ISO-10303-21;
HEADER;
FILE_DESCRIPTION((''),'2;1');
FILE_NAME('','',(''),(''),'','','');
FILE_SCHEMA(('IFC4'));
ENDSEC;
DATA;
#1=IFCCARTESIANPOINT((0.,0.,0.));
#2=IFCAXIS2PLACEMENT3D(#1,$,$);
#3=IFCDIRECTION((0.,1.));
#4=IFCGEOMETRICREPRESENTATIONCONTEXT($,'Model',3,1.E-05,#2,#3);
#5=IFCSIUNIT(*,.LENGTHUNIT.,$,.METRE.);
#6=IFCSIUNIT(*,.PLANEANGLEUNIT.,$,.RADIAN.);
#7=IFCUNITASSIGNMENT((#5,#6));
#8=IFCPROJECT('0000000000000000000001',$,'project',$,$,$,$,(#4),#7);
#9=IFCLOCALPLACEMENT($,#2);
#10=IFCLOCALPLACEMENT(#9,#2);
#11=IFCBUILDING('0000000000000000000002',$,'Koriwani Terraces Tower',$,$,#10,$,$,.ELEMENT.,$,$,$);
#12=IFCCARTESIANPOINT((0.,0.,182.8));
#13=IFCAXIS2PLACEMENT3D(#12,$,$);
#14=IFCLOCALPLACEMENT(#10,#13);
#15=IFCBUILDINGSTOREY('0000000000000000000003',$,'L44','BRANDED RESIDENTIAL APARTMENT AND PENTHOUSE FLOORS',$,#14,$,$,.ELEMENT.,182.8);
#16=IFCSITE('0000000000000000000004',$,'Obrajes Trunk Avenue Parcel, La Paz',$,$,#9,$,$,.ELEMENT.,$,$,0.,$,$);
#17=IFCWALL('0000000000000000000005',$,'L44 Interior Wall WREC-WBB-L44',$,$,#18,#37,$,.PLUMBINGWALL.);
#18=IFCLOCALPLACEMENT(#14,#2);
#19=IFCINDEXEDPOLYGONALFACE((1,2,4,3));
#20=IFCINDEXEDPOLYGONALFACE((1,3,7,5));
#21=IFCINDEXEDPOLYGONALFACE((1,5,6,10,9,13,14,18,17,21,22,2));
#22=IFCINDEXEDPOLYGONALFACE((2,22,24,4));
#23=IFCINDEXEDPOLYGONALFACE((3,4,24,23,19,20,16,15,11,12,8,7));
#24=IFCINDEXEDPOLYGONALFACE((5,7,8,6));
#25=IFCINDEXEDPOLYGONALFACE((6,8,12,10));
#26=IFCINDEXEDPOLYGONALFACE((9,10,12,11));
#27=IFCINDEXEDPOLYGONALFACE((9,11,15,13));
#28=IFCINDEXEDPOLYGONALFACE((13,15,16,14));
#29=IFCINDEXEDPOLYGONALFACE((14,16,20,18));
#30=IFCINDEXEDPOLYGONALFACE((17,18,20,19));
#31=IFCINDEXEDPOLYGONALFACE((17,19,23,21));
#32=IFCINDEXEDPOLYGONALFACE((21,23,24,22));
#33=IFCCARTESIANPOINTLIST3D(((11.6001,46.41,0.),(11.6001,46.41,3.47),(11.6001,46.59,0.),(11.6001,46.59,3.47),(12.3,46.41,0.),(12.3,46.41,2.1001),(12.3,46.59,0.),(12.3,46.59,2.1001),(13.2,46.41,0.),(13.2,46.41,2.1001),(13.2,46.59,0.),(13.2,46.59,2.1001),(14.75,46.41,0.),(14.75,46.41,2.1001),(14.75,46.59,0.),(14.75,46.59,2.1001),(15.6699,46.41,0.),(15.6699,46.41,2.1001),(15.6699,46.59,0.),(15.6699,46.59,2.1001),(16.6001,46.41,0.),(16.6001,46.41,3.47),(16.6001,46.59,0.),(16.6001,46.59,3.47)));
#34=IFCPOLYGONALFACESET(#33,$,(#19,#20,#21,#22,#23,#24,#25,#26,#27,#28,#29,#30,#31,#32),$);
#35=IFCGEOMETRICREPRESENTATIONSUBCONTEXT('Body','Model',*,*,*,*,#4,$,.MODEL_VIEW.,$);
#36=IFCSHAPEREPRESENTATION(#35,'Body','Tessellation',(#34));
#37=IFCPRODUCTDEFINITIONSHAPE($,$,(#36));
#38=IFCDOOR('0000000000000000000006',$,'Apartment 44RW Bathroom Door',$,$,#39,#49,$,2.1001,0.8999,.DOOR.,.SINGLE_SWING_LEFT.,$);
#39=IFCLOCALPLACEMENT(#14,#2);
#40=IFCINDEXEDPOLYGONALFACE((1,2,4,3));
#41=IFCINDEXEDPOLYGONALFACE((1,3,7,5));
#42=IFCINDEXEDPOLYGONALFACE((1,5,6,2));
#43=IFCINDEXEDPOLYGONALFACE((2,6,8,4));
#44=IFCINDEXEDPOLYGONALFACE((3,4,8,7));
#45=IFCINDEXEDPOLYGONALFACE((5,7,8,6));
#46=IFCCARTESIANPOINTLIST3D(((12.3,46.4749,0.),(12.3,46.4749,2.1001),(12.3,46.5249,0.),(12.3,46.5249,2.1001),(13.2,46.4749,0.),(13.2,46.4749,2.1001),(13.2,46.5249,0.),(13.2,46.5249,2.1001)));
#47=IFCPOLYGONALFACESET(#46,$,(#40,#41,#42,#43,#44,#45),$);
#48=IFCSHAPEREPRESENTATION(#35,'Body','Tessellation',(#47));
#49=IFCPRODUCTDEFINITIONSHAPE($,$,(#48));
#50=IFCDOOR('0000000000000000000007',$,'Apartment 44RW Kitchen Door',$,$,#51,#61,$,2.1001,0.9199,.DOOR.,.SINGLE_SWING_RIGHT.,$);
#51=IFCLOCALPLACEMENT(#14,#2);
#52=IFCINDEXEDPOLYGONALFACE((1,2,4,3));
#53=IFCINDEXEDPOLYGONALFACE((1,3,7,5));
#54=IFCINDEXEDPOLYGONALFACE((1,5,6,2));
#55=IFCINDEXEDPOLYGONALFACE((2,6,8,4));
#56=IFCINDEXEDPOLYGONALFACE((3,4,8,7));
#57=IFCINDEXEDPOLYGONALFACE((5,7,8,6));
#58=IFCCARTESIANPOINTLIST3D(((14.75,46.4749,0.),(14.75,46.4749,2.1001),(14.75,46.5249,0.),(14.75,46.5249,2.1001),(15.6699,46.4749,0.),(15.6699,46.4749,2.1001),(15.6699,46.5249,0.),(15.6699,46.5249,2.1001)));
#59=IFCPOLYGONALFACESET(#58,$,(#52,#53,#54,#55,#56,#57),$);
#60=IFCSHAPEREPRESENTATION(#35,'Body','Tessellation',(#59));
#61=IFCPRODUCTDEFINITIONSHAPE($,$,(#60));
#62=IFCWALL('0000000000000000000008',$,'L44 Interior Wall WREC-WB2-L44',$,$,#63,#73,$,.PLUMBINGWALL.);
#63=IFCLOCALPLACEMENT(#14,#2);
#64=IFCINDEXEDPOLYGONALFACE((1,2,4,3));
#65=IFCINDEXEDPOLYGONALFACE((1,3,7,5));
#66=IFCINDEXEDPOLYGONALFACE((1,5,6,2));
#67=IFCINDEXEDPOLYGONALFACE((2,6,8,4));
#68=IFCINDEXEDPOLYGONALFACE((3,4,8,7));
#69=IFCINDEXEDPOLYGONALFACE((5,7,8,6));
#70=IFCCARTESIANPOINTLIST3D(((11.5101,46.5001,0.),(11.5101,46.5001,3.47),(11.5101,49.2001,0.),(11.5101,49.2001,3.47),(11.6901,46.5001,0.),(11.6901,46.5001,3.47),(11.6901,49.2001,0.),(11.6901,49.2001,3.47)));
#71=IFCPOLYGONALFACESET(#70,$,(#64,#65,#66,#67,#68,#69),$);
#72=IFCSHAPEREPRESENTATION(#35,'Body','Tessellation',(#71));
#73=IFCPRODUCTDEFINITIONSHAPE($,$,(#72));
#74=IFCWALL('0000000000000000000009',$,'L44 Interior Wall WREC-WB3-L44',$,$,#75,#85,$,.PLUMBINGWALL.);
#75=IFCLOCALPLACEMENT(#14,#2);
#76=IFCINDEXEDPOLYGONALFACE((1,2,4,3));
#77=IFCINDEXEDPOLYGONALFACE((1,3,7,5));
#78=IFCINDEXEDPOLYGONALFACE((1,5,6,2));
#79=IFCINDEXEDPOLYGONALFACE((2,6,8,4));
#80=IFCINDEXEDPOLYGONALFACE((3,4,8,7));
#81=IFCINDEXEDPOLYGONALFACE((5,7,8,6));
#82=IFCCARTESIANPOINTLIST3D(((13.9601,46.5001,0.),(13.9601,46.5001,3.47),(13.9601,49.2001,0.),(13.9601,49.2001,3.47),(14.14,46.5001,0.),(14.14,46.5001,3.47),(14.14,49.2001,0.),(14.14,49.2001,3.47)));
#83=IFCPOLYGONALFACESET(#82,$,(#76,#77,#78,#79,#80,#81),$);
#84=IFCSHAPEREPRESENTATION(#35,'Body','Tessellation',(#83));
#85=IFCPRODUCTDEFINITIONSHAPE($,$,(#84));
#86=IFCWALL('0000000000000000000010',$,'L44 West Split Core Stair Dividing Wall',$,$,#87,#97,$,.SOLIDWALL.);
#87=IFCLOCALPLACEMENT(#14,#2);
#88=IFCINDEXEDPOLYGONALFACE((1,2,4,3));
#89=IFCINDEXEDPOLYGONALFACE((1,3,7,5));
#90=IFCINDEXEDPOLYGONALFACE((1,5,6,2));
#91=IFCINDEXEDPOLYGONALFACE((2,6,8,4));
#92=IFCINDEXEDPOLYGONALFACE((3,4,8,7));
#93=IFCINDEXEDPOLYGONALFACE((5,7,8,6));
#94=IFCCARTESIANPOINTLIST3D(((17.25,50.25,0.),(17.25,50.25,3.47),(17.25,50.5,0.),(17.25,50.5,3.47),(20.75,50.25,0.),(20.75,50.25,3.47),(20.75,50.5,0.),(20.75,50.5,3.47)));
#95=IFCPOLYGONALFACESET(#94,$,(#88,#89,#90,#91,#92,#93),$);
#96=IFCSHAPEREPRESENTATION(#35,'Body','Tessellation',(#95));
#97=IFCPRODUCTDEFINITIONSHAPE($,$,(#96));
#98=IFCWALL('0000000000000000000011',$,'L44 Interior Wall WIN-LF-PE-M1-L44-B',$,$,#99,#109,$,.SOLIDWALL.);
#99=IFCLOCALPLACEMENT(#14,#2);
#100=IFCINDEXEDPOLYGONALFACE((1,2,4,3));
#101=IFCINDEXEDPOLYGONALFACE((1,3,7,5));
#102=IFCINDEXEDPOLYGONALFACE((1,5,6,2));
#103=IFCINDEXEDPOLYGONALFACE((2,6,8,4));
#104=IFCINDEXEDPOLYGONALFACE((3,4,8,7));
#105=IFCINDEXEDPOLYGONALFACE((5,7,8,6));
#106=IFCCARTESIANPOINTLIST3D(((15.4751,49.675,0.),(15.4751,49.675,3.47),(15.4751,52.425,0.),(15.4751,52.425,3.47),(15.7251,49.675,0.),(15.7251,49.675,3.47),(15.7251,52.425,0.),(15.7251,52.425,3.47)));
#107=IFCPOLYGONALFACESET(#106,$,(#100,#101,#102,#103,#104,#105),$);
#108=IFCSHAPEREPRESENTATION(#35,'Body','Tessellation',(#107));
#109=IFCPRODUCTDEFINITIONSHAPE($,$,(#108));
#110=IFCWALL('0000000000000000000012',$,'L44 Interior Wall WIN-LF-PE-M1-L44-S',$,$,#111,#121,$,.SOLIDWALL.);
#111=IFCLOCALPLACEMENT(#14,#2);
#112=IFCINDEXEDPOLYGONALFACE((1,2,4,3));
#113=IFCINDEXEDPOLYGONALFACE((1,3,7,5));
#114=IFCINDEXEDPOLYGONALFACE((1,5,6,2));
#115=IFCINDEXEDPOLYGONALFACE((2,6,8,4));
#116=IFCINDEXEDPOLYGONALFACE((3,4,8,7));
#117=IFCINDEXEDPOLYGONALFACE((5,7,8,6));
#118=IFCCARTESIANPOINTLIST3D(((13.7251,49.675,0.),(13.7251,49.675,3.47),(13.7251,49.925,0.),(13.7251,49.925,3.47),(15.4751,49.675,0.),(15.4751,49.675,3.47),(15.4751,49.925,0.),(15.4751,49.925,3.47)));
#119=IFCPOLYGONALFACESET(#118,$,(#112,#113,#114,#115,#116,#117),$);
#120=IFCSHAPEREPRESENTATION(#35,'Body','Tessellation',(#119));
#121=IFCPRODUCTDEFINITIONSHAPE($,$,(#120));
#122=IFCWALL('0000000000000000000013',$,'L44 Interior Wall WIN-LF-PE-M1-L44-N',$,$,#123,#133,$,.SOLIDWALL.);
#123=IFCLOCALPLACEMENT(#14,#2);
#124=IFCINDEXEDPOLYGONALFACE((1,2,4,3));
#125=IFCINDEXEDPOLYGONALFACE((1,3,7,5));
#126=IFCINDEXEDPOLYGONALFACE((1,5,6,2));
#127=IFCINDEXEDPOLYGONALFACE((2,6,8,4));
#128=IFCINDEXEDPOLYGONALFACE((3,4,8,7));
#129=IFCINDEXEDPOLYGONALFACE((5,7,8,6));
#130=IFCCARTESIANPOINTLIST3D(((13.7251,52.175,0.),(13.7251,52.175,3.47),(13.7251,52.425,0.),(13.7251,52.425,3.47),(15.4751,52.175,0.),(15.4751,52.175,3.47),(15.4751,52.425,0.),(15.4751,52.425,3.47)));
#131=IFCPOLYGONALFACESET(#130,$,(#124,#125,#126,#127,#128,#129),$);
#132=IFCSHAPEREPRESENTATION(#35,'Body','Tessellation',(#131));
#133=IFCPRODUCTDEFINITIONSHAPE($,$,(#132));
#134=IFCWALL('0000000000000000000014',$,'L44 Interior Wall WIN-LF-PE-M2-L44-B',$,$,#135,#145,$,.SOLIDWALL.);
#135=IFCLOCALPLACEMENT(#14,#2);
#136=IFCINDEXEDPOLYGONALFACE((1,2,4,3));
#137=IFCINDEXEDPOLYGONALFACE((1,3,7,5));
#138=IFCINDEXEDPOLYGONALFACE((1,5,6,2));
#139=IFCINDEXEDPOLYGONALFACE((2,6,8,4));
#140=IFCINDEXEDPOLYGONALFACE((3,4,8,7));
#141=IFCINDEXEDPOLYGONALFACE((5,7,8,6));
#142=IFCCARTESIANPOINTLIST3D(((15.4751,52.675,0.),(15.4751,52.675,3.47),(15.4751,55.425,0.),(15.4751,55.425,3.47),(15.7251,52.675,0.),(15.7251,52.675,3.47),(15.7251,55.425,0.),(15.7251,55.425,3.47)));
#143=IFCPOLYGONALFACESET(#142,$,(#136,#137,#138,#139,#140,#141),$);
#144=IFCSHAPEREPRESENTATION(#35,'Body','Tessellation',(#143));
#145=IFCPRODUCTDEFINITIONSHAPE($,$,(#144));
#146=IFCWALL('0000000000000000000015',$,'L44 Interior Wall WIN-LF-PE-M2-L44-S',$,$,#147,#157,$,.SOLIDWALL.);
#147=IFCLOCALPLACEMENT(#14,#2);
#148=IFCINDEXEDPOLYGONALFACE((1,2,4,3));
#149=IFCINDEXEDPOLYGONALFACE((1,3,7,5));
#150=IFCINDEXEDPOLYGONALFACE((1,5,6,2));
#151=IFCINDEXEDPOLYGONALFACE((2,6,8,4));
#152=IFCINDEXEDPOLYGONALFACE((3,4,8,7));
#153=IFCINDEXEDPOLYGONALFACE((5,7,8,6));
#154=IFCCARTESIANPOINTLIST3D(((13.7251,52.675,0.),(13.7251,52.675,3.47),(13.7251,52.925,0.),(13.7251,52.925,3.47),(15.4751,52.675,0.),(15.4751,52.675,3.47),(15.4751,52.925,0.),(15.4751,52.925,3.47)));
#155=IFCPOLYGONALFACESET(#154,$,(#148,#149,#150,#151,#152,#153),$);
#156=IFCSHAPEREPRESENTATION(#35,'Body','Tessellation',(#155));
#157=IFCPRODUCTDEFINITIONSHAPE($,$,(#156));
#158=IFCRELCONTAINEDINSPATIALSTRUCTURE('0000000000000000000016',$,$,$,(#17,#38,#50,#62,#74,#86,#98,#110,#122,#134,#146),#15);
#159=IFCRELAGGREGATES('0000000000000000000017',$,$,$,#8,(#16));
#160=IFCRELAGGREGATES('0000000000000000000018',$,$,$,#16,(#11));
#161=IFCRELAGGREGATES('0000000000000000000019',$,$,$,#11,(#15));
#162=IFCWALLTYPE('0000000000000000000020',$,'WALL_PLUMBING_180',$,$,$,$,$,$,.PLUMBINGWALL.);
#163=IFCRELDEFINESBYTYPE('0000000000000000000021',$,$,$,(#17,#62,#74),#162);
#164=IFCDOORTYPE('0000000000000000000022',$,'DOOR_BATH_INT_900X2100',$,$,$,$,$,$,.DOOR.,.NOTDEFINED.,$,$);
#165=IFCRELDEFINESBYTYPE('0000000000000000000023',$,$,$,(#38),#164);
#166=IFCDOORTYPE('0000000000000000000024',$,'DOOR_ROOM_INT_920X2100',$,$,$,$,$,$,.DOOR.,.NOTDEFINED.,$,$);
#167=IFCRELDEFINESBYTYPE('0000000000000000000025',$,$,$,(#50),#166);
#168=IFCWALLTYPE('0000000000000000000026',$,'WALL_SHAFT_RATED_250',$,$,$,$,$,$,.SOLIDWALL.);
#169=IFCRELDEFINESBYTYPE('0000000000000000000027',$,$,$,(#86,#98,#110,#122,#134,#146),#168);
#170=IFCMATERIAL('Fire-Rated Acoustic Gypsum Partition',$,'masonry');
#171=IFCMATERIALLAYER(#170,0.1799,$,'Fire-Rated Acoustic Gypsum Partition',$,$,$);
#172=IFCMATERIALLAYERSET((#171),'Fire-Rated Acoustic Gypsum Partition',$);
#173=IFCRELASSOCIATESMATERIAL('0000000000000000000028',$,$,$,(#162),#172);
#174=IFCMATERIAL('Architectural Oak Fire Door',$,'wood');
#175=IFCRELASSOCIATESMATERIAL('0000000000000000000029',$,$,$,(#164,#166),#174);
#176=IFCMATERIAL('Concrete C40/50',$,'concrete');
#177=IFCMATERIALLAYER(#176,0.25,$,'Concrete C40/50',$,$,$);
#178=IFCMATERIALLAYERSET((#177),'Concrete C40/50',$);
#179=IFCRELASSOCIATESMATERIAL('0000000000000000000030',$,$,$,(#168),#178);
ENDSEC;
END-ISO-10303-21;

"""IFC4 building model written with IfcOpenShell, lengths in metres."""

from ifc_helpers import new_model, si_unit, direction, frame, frame_2d, origin, place, context, subcontext, project, spatial, rectangle, extrude, material, layer, layer_set, type_object, element, fill, save


model = new_model("IFC4")

# Units and contexts
model_context = context("Model", 3, precision=1e-05, world=origin(), true_north=direction((0.0, 1.0)))
body_context = subcontext(model_context, "Body", "Model", "MODEL_VIEW")
ifc_project = project(units=[si_unit("LENGTHUNIT", "METRE"), si_unit("PLANEANGLEUNIT", "RADIAN")], contexts=[model_context])

# Site, building, storey
site_placement = place(None, origin())
site = spatial("IfcSite", under=ifc_project, at=site_placement, Name="Obrajes Trunk Avenue Parcel, La Paz", CompositionType="ELEMENT", RefElevation=0.0)
building_placement = place(site_placement, origin())
building = spatial("IfcBuilding", under=site, at=building_placement, Name="Koriwani Terraces Tower", CompositionType="ELEMENT")
storey_placement = place(building_placement, frame((0.0, 0.0, 182.8)))
storey = spatial("IfcBuildingStorey", under=building, at=storey_placement, Name="L44", Description="BRANDED RESIDENTIAL APARTMENT AND PENTHOUSE FLOORS", CompositionType="ELEMENT", Elevation=182.8)

# Shared definitions
ifc_material_1 = material(Name="Concrete C40/50", Category="concrete")

# Wall, openings, doors
ifc_material_2 = material(Name="Fire-Rated Acoustic Gypsum Partition", Category="masonry")
ifc_layer_1 = layer(ifc_material_2, 0.1799, Name="Fire-Rated Acoustic Gypsum Partition")
ifc_layer_set_1 = layer_set([ifc_layer_1], Name="Fire-Rated Acoustic Gypsum Partition")
wall_type_1 = type_object("IfcWallType", Name="WALL_PLUMBING_180", PredefinedType="PLUMBINGWALL", material=ifc_layer_set_1)
wall_1_placement = place(storey_placement, frame((11.6001, 46.5, 0.0), z_axis=(0.0, 0.0, 1.0), x_axis=(1.0, 0.0, 0.0)))
wall_1 = element("IfcWall", 1, at=wall_1_placement, inside=storey, type_object=wall_type_1, Name="L44 Interior Wall WREC-WBB-L44", PredefinedType="PLUMBINGWALL", context=body_context, shape_type="SweptSolid", body=[
    extrude(rectangle(XDim=5.0, YDim=0.1799, at=frame_2d((2.5, 0.0))), origin(), (0.0, 0.0, 1.0), 3.47),
])
opening_1_placement = place(wall_1_placement, frame((0.7, 0.0, 0.0)))
opening_1 = element("IfcOpeningElement", 2, at=opening_1_placement, cuts=wall_1, PredefinedType="OPENING", context=body_context, shape_type="SweptSolid", body=[
    extrude(rectangle(XDim=0.8999, YDim=2.1001, at=frame_2d((0.45, 1.05))), frame((0.0, 0.1001, 0.0), z_axis=(0.0, -1.0, 0.0), x_axis=(1.0, 0.0, 0.0)), (0.0, 0.0, 1.0), 0.2),
])
opening_2_placement = place(wall_1_placement, frame((3.1499, 0.0, 0.0)))
opening_2 = element("IfcOpeningElement", 3, at=opening_2_placement, cuts=wall_1, PredefinedType="OPENING", context=body_context, shape_type="SweptSolid", body=[
    extrude(rectangle(XDim=0.9199, YDim=2.1001, at=frame_2d((0.46, 1.05))), frame((0.0, 0.1001, 0.0), z_axis=(0.0, -1.0, 0.0), x_axis=(1.0, 0.0, 0.0)), (0.0, 0.0, 1.0), 0.2),
])
ifc_material_3 = material(Name="Architectural Oak Fire Door", Category="wood")
door_type_1 = type_object("IfcDoorType", Name="DOOR_BATH_INT_900X2100", OperationType="NOTDEFINED", PredefinedType="DOOR", material=ifc_material_3)
door_1_placement = place(opening_1_placement, origin())
door_1 = element("IfcDoor", 4, at=door_1_placement, inside=storey, type_object=door_type_1, Name="Apartment 44RW Bathroom Door", OperationType="SINGLE_SWING_LEFT", OverallHeight=2.1001, OverallWidth=0.8999, PredefinedType="DOOR", context=body_context, shape_type="SweptSolid", body=[
    extrude(rectangle(XDim=0.8999, YDim=2.1001, at=frame_2d((0.45, 1.05))), frame((0.0, 0.0249, 0.0), z_axis=(0.0, -1.0, 0.0), x_axis=(1.0, 0.0, 0.0)), (0.0, 0.0, 1.0), 0.05),
])
fill(opening_1, door_1)
door_type_2 = type_object("IfcDoorType", Name="DOOR_ROOM_INT_920X2100", OperationType="NOTDEFINED", PredefinedType="DOOR", material=ifc_material_3)
door_2_placement = place(opening_2_placement, origin())
door_2 = element("IfcDoor", 5, at=door_2_placement, inside=storey, type_object=door_type_2, Name="Apartment 44RW Kitchen Door", OperationType="SINGLE_SWING_RIGHT", OverallHeight=2.1001, OverallWidth=0.9199, PredefinedType="DOOR", context=body_context, shape_type="SweptSolid", body=[
    extrude(rectangle(XDim=0.9199, YDim=2.1001, at=frame_2d((0.46, 1.05))), frame((0.0, 0.0249, 0.0), z_axis=(0.0, -1.0, 0.0), x_axis=(1.0, 0.0, 0.0)), (0.0, 0.0, 1.0), 0.05),
])
fill(opening_2, door_2)

# Walls
for number, where, z_axis, x_axis, name in (
    (6, (11.6001, 46.5, 0.0), (0.0, 0.0, 1.0), (0.0, 1.0, 0.0), "L44 Interior Wall WREC-WB2-L44"),
    (7, (14.05, 46.5, 0.0), (0.0, 0.0, 1.0), (0.0, 1.0, 0.0), "L44 Interior Wall WREC-WB3-L44"),
):
    element("IfcWall", number, at=place(storey_placement, frame(where, z_axis=z_axis, x_axis=x_axis)), inside=storey, type_object=wall_type_1, Name=name, PredefinedType="PLUMBINGWALL", context=body_context, shape_type="SweptSolid", body=[
        extrude(rectangle(XDim=2.7, YDim=0.1799, at=frame_2d((1.3501, 0.0))), origin(), (0.0, 0.0, 1.0), 3.47),
    ])
ifc_layer_2 = layer(ifc_material_1, 0.25, Name="Concrete C40/50")
ifc_layer_set_2 = layer_set([ifc_layer_2], Name="Concrete C40/50")
wall_type_2 = type_object("IfcWallType", Name="WALL_SHAFT_RATED_250", PredefinedType="SOLIDWALL", material=ifc_layer_set_2)
wall_2_placement = place(storey_placement, frame((17.25, 50.375, 0.0), z_axis=(0.0, 0.0, 1.0), x_axis=(1.0, 0.0, 0.0)))
element("IfcWall", 8, at=wall_2_placement, inside=storey, type_object=wall_type_2, Name="L44 West Split Core Stair Dividing Wall", PredefinedType="SOLIDWALL", context=body_context, shape_type="SweptSolid", body=[
    extrude(rectangle(XDim=3.5, YDim=0.25, at=frame_2d((1.75, 0.0))), origin(), (0.0, 0.0, 1.0), 3.47),
])

# Walls
wall_3_placement = place(storey_placement, frame((15.6001, 49.675, 0.0), z_axis=(0.0, 0.0, 1.0), x_axis=(0.0, 1.0, 0.0)))
element("IfcWall", 9, at=wall_3_placement, inside=storey, type_object=wall_type_2, Name="L44 Interior Wall WIN-LF-PE-M1-L44-B", PredefinedType="SOLIDWALL", context=body_context, shape_type="SweptSolid", body=[
    extrude(rectangle(XDim=2.75, YDim=0.25, at=frame_2d((1.375, 0.0))), origin(), (0.0, 0.0, 1.0), 3.47),
])
for number, where, z_axis, x_axis, name in (
    (10, (13.7251, 49.8, 0.0), (0.0, 0.0, 1.0), (1.0, 0.0, 0.0), "L44 Interior Wall WIN-LF-PE-M1-L44-S"),
    (11, (13.7251, 52.3, 0.0), (0.0, 0.0, 1.0), (1.0, 0.0, 0.0), "L44 Interior Wall WIN-LF-PE-M1-L44-N"),
):
    element("IfcWall", number, at=place(storey_placement, frame(where, z_axis=z_axis, x_axis=x_axis)), inside=storey, type_object=wall_type_2, Name=name, PredefinedType="SOLIDWALL", context=body_context, shape_type="SweptSolid", body=[
        extrude(rectangle(XDim=1.75, YDim=0.25, at=frame_2d((0.875, 0.0))), origin(), (0.0, 0.0, 1.0), 3.47),
    ])

# Walls
wall_4_placement = place(storey_placement, frame((15.6001, 52.675, 0.0), z_axis=(0.0, 0.0, 1.0), x_axis=(0.0, 1.0, 0.0)))
element("IfcWall", 12, at=wall_4_placement, inside=storey, type_object=wall_type_2, Name="L44 Interior Wall WIN-LF-PE-M2-L44-B", PredefinedType="SOLIDWALL", context=body_context, shape_type="SweptSolid", body=[
    extrude(rectangle(XDim=2.75, YDim=0.25, at=frame_2d((1.375, 0.0))), origin(), (0.0, 0.0, 1.0), 3.47),
])
wall_5_placement = place(storey_placement, frame((13.7251, 52.8, 0.0), z_axis=(0.0, 0.0, 1.0), x_axis=(1.0, 0.0, 0.0)))
element("IfcWall", 13, at=wall_5_placement, inside=storey, type_object=wall_type_2, Name="L44 Interior Wall WIN-LF-PE-M2-L44-S", PredefinedType="SOLIDWALL", context=body_context, shape_type="SweptSolid", body=[
    extrude(rectangle(XDim=1.75, YDim=0.25, at=frame_2d((0.875, 0.0))), origin(), (0.0, 0.0, 1.0), 3.47),
])

save(model, "model.ifc")
